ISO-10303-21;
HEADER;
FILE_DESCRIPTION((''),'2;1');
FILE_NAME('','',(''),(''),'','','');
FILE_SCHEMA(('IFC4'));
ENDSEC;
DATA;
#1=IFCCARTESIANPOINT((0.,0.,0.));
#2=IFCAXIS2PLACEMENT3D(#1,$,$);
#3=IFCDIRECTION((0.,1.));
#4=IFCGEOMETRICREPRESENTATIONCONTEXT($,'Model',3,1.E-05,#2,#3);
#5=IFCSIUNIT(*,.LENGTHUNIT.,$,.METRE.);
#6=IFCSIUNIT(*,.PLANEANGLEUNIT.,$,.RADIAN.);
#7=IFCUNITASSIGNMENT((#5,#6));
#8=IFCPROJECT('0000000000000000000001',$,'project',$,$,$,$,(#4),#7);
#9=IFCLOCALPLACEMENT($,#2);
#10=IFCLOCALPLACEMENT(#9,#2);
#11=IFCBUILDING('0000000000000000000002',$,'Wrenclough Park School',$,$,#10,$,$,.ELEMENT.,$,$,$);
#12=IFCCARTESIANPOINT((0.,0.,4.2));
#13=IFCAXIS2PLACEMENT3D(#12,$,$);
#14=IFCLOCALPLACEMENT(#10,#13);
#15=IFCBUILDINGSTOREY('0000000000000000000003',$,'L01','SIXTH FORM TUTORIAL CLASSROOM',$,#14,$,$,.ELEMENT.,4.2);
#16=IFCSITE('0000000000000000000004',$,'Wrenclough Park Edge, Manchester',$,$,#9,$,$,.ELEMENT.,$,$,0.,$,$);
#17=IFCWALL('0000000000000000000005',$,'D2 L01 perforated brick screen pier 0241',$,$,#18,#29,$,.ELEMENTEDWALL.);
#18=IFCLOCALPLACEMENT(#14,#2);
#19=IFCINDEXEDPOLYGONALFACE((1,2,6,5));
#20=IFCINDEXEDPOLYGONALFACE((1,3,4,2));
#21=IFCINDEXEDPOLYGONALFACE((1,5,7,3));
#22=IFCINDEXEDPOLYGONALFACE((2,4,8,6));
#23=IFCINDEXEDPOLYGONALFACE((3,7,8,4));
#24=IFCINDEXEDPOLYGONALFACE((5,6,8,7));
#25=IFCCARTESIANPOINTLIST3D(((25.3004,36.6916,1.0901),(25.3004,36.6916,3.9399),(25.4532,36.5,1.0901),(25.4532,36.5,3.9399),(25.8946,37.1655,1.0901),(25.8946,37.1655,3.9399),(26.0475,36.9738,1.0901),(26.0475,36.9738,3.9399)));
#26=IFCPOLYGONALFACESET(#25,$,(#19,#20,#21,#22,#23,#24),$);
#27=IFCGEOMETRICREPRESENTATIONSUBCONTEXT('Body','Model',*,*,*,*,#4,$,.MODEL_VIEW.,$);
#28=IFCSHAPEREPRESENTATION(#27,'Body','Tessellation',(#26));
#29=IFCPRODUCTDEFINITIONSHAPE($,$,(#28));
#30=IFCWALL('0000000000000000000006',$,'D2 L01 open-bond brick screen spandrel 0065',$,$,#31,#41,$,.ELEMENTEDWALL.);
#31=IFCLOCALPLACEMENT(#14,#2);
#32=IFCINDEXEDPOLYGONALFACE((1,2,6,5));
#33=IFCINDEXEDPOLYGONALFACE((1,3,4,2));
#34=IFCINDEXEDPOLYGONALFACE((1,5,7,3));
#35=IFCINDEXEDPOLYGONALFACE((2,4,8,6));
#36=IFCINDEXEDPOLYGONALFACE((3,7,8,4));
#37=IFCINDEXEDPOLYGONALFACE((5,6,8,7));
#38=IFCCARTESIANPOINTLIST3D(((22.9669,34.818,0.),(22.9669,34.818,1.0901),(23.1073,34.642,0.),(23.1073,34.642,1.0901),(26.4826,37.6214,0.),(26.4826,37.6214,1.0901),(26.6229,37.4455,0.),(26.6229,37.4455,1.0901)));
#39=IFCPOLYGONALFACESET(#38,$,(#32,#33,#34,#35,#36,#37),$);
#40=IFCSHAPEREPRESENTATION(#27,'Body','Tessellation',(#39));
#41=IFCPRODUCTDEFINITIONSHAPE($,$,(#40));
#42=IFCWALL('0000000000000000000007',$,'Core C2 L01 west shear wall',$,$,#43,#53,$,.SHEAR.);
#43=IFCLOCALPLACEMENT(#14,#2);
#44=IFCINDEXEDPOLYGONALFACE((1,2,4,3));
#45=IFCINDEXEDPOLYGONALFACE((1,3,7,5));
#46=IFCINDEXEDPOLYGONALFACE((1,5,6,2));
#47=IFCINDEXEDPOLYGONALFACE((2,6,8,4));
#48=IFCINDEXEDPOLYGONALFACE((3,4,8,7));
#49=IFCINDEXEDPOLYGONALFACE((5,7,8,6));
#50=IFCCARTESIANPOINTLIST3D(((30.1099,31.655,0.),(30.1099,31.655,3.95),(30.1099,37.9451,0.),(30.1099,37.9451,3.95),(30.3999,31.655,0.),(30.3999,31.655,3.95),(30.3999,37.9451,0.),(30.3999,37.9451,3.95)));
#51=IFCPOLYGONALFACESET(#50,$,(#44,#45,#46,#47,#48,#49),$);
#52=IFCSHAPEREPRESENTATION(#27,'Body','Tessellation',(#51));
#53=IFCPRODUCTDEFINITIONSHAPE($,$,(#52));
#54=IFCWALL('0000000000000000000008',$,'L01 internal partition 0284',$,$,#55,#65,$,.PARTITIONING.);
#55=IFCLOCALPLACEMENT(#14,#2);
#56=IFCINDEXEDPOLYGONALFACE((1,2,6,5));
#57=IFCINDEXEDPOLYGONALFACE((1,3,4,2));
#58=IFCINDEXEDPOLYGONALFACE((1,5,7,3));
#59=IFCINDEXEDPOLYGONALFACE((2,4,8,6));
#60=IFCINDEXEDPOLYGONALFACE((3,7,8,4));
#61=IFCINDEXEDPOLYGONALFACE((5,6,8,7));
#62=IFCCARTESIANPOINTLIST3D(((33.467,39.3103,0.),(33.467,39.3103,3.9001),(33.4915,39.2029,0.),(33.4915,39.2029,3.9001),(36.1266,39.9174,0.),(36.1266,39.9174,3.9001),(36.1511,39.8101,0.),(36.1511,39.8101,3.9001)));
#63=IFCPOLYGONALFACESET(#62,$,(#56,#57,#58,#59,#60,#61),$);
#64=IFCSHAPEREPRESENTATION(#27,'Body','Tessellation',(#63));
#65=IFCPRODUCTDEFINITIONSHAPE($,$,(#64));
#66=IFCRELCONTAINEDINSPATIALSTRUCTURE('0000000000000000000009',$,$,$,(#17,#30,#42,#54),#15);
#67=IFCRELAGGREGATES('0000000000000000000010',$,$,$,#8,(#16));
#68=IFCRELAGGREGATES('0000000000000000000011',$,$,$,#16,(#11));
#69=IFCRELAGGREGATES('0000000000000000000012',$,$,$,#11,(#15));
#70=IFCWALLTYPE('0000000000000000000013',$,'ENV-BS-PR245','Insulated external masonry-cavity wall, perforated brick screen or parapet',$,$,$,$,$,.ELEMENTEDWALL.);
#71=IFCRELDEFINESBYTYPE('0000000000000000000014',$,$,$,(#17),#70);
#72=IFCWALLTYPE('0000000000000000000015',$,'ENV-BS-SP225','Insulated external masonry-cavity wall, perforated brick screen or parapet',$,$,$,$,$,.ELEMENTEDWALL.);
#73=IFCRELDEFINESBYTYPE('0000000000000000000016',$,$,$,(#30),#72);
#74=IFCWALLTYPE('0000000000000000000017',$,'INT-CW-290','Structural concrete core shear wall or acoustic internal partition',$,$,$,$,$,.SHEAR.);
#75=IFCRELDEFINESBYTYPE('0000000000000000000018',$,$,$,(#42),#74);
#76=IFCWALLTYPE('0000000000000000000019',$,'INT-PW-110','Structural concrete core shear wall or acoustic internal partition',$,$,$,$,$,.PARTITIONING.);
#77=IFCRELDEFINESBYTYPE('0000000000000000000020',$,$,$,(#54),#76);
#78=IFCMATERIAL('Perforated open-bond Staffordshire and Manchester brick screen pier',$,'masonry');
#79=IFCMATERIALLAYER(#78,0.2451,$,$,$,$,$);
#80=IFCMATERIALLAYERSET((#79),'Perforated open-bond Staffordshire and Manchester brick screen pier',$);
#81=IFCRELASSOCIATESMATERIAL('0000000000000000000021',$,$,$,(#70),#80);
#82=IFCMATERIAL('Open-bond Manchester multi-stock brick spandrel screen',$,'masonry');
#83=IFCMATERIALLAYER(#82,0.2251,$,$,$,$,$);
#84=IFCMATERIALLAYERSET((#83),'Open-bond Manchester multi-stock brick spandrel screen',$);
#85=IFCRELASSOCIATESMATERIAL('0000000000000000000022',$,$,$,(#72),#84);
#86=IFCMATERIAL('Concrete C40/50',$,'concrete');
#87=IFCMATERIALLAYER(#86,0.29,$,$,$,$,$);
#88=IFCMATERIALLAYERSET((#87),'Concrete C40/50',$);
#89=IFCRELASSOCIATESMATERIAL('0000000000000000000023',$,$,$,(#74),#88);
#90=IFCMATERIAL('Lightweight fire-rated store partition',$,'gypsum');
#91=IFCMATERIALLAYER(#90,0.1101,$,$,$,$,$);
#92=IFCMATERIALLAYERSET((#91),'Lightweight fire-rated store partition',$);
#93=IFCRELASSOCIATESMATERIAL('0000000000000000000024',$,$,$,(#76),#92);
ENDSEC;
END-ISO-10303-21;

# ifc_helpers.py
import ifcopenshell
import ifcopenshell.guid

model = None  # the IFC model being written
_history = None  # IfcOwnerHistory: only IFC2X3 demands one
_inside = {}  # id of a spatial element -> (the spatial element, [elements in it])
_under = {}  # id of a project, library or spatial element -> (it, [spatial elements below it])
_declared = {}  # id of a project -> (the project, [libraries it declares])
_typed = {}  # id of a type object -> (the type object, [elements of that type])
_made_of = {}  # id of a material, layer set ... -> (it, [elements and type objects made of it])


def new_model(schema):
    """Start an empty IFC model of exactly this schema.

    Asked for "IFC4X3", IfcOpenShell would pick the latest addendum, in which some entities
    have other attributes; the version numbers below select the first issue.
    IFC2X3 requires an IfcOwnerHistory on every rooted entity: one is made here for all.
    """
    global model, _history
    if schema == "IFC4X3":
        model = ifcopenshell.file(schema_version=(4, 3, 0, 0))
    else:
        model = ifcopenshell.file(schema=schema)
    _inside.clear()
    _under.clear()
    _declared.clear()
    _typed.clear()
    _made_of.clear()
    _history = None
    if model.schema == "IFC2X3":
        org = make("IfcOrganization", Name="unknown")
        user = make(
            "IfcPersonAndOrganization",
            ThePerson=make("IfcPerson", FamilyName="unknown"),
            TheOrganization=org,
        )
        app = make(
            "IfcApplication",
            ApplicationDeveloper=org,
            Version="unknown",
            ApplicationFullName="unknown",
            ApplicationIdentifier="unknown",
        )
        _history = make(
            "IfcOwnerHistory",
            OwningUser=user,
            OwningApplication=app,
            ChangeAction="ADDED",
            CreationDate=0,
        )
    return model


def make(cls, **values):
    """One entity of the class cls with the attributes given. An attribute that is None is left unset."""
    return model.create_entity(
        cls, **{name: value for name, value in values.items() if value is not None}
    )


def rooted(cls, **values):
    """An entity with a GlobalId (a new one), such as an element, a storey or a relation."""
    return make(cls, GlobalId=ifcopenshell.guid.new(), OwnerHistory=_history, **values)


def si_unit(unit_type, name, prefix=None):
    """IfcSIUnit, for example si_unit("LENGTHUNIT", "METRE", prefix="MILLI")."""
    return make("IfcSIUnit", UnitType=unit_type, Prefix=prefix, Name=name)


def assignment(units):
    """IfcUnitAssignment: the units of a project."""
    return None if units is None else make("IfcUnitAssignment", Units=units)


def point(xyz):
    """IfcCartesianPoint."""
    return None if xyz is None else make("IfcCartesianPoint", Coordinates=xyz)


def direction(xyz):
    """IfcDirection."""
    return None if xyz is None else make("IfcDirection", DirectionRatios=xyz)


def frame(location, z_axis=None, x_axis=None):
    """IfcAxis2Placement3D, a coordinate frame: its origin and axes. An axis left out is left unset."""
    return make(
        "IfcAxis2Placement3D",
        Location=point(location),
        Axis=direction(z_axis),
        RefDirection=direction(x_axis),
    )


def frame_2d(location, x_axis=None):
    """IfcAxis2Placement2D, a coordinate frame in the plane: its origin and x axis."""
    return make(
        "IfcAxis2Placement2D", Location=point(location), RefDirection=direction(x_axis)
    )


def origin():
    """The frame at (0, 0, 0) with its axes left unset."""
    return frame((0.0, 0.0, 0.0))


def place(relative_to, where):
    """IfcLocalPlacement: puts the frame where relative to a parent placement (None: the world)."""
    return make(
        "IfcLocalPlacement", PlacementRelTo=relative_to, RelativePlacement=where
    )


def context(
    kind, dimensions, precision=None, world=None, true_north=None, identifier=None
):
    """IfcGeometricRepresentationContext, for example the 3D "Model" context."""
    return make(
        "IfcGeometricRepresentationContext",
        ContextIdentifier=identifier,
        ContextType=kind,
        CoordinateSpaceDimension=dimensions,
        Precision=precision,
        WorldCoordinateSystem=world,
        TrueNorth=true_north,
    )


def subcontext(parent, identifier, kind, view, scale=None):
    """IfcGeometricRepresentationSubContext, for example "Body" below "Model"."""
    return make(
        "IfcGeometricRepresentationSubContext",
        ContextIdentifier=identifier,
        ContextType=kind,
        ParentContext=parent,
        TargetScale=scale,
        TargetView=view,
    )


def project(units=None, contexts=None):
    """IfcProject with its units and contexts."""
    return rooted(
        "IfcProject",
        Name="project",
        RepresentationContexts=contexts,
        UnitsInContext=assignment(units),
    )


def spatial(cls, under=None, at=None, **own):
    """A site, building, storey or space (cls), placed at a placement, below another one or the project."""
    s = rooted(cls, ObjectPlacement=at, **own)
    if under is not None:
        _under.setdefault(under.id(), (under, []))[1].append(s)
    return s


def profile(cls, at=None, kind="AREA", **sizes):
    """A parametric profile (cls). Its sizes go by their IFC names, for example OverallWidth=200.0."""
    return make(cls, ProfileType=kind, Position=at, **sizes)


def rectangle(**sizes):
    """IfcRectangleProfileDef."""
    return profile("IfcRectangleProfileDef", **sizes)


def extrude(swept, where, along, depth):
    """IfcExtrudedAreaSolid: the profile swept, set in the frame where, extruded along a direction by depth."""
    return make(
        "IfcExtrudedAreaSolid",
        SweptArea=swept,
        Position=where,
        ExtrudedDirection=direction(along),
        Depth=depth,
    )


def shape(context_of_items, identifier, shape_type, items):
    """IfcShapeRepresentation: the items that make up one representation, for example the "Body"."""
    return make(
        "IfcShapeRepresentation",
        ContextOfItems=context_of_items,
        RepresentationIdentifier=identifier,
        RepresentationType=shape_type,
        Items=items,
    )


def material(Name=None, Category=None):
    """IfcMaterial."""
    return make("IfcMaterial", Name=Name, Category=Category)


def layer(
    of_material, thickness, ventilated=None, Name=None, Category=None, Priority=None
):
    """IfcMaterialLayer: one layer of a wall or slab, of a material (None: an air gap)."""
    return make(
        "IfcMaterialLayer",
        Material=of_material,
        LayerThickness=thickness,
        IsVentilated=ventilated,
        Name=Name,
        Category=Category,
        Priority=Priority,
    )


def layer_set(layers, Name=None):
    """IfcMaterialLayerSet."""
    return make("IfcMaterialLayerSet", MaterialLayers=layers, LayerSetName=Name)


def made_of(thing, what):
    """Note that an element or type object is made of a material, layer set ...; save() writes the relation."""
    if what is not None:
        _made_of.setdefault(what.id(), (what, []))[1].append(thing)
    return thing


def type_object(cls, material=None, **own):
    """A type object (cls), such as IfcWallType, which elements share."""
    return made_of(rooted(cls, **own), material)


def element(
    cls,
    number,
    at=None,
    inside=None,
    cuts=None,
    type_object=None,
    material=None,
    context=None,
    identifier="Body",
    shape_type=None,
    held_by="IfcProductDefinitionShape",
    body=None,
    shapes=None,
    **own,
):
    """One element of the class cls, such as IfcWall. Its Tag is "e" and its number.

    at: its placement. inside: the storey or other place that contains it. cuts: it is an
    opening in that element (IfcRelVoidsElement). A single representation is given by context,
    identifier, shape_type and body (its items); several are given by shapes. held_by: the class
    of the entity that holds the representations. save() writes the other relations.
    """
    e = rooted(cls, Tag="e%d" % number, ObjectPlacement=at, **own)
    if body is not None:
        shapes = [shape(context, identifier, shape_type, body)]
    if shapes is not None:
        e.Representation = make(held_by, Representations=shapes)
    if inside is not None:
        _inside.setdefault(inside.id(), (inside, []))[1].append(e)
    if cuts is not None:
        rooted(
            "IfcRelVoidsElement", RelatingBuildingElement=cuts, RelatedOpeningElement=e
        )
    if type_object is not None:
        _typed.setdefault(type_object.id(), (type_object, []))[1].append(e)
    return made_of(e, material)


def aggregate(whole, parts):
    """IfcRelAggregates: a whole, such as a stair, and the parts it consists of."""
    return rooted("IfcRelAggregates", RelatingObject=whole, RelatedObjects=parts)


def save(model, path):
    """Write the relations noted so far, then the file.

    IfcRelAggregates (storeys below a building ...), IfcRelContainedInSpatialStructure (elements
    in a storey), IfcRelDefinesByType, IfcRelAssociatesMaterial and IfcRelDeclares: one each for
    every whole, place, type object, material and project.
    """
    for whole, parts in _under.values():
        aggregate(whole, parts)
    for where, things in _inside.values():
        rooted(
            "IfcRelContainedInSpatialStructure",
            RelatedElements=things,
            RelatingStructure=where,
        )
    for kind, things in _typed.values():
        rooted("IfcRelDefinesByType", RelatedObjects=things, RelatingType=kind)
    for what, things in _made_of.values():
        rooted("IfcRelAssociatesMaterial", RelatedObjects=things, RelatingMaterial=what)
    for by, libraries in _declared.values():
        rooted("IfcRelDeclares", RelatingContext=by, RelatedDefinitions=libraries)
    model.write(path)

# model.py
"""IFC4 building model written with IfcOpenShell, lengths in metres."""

from ifc_helpers import new_model, si_unit, direction, frame, frame_2d, origin, place, context, subcontext, project, spatial, rectangle, extrude, material, layer, layer_set, type_object, element, save


model = new_model("IFC4")

# Units and contexts
model_context = context("Model", 3, precision=1e-05, world=origin(), true_north=direction((0.0, 1.0)))
body_context = subcontext(model_context, "Body", "Model", "MODEL_VIEW")
ifc_project = project(units=[si_unit("LENGTHUNIT", "METRE"), si_unit("PLANEANGLEUNIT", "RADIAN")], contexts=[model_context])

# Site, building, storey
site_placement = place(None, origin())
site = spatial("IfcSite", under=ifc_project, at=site_placement, Name="Wrenclough Park Edge, Manchester", CompositionType="ELEMENT", RefElevation=0.0)
building_placement = place(site_placement, origin())
building = spatial("IfcBuilding", under=site, at=building_placement, Name="Wrenclough Park School", CompositionType="ELEMENT")
storey_placement = place(building_placement, frame((0.0, 0.0, 4.2)))
storey = spatial("IfcBuildingStorey", under=building, at=storey_placement, Name="L01", Description="SIXTH FORM TUTORIAL CLASSROOM", CompositionType="ELEMENT", Elevation=4.2)

# Shared definitions
ifc_material_1 = material(Name="Concrete C40/50", Category="concrete")

# Walls
ifc_material_2 = material(Name="Perforated open-bond Staffordshire and Manchester brick screen pier", Category="masonry")
ifc_layer_1 = layer(ifc_material_2, 0.2451)
ifc_layer_set_1 = layer_set([ifc_layer_1], Name="Perforated open-bond Staffordshire and Manchester brick screen pier")
wall_type_1 = type_object("IfcWallType", Name="ENV-BS-PR245", Description="Insulated external masonry-cavity wall, perforated brick screen or parapet", PredefinedType="ELEMENTEDWALL", material=ifc_layer_set_1)
wall_1_placement = place(storey_placement, frame((25.9709, 37.0696, 1.0901), z_axis=(0.0, 0.0, 1.0), x_axis=(-0.781839, -0.62348, 0.0)))
element("IfcWall", 1, at=wall_1_placement, inside=storey, type_object=wall_type_1, Name="D2 L01 perforated brick screen pier 0241", PredefinedType="ELEMENTEDWALL", context=body_context, shape_type="SweptSolid", body=[
    extrude(rectangle(XDim=0.76, YDim=0.2451, at=frame_2d((0.3799, 0.0))), origin(), (0.0, 0.0, 1.0), 2.8499),
])
ifc_material_3 = material(Name="Open-bond Manchester multi-stock brick spandrel screen", Category="masonry")
ifc_layer_2 = layer(ifc_material_3, 0.2251)
ifc_layer_set_2 = layer_set([ifc_layer_2], Name="Open-bond Manchester multi-stock brick spandrel screen")
wall_type_2 = type_object("IfcWallType", Name="ENV-BS-SP225", Description="Insulated external masonry-cavity wall, perforated brick screen or parapet", PredefinedType="ELEMENTEDWALL", material=ifc_layer_set_2)
wall_2_placement = place(storey_placement, frame((26.5527, 37.5334, 0.0), z_axis=(0.0, 0.0, 1.0), x_axis=(-0.781848, -0.623469, 0.0)))
element("IfcWall", 2, at=wall_2_placement, inside=storey, type_object=wall_type_2, Name="D2 L01 open-bond brick screen spandrel 0065", PredefinedType="ELEMENTEDWALL", context=body_context, shape_type="SweptSolid", body=[
    extrude(rectangle(XDim=4.4966, YDim=0.2251, at=frame_2d((2.2483, 0.0))), origin(), (0.0, 0.0, 1.0), 1.0901),
])
ifc_layer_3 = layer(ifc_material_1, 0.29)
ifc_layer_set_3 = layer_set([ifc_layer_3], Name="Concrete C40/50")
wall_type_3 = type_object("IfcWallType", Name="INT-CW-290", Description="Structural concrete core shear wall or acoustic internal partition", PredefinedType="SHEAR", material=ifc_layer_set_3)
wall_3_placement = place(storey_placement, frame((30.2549, 37.9451, 0.0), z_axis=(0.0, 0.0, 1.0), x_axis=(0.0, -1.0, 0.0)))
element("IfcWall", 3, at=wall_3_placement, inside=storey, type_object=wall_type_3, Name="Core C2 L01 west shear wall", PredefinedType="SHEAR", context=body_context, shape_type="SweptSolid", body=[
    extrude(rectangle(XDim=6.29, YDim=0.29, at=frame_2d((3.145, 0.0))), origin(), (0.0, 0.0, 1.0), 3.95),
])
ifc_material_4 = material(Name="Lightweight fire-rated store partition", Category="gypsum")
ifc_layer_4 = layer(ifc_material_4, 0.1101)
ifc_layer_set_4 = layer_set([ifc_layer_4], Name="Lightweight fire-rated store partition")
wall_type_4 = type_object("IfcWallType", Name="INT-PW-110", Description="Structural concrete core shear wall or acoustic internal partition", PredefinedType="PARTITIONING", material=ifc_layer_set_4)
wall_4_placement = place(storey_placement, frame((33.4792, 39.2566, 0.0), z_axis=(0.0, 0.0, 1.0), x_axis=(0.974918, 0.222565, 0.0)))
element("IfcWall", 4, at=wall_4_placement, inside=storey, type_object=wall_type_4, Name="L01 internal partition 0284", PredefinedType="PARTITIONING", context=body_context, shape_type="SweptSolid", body=[
    extrude(rectangle(XDim=2.728, YDim=0.1101, at=frame_2d((1.364, 0.0))), origin(), (0.0, 0.0, 1.0), 3.9001),
])

save(model, "model.ifc")
